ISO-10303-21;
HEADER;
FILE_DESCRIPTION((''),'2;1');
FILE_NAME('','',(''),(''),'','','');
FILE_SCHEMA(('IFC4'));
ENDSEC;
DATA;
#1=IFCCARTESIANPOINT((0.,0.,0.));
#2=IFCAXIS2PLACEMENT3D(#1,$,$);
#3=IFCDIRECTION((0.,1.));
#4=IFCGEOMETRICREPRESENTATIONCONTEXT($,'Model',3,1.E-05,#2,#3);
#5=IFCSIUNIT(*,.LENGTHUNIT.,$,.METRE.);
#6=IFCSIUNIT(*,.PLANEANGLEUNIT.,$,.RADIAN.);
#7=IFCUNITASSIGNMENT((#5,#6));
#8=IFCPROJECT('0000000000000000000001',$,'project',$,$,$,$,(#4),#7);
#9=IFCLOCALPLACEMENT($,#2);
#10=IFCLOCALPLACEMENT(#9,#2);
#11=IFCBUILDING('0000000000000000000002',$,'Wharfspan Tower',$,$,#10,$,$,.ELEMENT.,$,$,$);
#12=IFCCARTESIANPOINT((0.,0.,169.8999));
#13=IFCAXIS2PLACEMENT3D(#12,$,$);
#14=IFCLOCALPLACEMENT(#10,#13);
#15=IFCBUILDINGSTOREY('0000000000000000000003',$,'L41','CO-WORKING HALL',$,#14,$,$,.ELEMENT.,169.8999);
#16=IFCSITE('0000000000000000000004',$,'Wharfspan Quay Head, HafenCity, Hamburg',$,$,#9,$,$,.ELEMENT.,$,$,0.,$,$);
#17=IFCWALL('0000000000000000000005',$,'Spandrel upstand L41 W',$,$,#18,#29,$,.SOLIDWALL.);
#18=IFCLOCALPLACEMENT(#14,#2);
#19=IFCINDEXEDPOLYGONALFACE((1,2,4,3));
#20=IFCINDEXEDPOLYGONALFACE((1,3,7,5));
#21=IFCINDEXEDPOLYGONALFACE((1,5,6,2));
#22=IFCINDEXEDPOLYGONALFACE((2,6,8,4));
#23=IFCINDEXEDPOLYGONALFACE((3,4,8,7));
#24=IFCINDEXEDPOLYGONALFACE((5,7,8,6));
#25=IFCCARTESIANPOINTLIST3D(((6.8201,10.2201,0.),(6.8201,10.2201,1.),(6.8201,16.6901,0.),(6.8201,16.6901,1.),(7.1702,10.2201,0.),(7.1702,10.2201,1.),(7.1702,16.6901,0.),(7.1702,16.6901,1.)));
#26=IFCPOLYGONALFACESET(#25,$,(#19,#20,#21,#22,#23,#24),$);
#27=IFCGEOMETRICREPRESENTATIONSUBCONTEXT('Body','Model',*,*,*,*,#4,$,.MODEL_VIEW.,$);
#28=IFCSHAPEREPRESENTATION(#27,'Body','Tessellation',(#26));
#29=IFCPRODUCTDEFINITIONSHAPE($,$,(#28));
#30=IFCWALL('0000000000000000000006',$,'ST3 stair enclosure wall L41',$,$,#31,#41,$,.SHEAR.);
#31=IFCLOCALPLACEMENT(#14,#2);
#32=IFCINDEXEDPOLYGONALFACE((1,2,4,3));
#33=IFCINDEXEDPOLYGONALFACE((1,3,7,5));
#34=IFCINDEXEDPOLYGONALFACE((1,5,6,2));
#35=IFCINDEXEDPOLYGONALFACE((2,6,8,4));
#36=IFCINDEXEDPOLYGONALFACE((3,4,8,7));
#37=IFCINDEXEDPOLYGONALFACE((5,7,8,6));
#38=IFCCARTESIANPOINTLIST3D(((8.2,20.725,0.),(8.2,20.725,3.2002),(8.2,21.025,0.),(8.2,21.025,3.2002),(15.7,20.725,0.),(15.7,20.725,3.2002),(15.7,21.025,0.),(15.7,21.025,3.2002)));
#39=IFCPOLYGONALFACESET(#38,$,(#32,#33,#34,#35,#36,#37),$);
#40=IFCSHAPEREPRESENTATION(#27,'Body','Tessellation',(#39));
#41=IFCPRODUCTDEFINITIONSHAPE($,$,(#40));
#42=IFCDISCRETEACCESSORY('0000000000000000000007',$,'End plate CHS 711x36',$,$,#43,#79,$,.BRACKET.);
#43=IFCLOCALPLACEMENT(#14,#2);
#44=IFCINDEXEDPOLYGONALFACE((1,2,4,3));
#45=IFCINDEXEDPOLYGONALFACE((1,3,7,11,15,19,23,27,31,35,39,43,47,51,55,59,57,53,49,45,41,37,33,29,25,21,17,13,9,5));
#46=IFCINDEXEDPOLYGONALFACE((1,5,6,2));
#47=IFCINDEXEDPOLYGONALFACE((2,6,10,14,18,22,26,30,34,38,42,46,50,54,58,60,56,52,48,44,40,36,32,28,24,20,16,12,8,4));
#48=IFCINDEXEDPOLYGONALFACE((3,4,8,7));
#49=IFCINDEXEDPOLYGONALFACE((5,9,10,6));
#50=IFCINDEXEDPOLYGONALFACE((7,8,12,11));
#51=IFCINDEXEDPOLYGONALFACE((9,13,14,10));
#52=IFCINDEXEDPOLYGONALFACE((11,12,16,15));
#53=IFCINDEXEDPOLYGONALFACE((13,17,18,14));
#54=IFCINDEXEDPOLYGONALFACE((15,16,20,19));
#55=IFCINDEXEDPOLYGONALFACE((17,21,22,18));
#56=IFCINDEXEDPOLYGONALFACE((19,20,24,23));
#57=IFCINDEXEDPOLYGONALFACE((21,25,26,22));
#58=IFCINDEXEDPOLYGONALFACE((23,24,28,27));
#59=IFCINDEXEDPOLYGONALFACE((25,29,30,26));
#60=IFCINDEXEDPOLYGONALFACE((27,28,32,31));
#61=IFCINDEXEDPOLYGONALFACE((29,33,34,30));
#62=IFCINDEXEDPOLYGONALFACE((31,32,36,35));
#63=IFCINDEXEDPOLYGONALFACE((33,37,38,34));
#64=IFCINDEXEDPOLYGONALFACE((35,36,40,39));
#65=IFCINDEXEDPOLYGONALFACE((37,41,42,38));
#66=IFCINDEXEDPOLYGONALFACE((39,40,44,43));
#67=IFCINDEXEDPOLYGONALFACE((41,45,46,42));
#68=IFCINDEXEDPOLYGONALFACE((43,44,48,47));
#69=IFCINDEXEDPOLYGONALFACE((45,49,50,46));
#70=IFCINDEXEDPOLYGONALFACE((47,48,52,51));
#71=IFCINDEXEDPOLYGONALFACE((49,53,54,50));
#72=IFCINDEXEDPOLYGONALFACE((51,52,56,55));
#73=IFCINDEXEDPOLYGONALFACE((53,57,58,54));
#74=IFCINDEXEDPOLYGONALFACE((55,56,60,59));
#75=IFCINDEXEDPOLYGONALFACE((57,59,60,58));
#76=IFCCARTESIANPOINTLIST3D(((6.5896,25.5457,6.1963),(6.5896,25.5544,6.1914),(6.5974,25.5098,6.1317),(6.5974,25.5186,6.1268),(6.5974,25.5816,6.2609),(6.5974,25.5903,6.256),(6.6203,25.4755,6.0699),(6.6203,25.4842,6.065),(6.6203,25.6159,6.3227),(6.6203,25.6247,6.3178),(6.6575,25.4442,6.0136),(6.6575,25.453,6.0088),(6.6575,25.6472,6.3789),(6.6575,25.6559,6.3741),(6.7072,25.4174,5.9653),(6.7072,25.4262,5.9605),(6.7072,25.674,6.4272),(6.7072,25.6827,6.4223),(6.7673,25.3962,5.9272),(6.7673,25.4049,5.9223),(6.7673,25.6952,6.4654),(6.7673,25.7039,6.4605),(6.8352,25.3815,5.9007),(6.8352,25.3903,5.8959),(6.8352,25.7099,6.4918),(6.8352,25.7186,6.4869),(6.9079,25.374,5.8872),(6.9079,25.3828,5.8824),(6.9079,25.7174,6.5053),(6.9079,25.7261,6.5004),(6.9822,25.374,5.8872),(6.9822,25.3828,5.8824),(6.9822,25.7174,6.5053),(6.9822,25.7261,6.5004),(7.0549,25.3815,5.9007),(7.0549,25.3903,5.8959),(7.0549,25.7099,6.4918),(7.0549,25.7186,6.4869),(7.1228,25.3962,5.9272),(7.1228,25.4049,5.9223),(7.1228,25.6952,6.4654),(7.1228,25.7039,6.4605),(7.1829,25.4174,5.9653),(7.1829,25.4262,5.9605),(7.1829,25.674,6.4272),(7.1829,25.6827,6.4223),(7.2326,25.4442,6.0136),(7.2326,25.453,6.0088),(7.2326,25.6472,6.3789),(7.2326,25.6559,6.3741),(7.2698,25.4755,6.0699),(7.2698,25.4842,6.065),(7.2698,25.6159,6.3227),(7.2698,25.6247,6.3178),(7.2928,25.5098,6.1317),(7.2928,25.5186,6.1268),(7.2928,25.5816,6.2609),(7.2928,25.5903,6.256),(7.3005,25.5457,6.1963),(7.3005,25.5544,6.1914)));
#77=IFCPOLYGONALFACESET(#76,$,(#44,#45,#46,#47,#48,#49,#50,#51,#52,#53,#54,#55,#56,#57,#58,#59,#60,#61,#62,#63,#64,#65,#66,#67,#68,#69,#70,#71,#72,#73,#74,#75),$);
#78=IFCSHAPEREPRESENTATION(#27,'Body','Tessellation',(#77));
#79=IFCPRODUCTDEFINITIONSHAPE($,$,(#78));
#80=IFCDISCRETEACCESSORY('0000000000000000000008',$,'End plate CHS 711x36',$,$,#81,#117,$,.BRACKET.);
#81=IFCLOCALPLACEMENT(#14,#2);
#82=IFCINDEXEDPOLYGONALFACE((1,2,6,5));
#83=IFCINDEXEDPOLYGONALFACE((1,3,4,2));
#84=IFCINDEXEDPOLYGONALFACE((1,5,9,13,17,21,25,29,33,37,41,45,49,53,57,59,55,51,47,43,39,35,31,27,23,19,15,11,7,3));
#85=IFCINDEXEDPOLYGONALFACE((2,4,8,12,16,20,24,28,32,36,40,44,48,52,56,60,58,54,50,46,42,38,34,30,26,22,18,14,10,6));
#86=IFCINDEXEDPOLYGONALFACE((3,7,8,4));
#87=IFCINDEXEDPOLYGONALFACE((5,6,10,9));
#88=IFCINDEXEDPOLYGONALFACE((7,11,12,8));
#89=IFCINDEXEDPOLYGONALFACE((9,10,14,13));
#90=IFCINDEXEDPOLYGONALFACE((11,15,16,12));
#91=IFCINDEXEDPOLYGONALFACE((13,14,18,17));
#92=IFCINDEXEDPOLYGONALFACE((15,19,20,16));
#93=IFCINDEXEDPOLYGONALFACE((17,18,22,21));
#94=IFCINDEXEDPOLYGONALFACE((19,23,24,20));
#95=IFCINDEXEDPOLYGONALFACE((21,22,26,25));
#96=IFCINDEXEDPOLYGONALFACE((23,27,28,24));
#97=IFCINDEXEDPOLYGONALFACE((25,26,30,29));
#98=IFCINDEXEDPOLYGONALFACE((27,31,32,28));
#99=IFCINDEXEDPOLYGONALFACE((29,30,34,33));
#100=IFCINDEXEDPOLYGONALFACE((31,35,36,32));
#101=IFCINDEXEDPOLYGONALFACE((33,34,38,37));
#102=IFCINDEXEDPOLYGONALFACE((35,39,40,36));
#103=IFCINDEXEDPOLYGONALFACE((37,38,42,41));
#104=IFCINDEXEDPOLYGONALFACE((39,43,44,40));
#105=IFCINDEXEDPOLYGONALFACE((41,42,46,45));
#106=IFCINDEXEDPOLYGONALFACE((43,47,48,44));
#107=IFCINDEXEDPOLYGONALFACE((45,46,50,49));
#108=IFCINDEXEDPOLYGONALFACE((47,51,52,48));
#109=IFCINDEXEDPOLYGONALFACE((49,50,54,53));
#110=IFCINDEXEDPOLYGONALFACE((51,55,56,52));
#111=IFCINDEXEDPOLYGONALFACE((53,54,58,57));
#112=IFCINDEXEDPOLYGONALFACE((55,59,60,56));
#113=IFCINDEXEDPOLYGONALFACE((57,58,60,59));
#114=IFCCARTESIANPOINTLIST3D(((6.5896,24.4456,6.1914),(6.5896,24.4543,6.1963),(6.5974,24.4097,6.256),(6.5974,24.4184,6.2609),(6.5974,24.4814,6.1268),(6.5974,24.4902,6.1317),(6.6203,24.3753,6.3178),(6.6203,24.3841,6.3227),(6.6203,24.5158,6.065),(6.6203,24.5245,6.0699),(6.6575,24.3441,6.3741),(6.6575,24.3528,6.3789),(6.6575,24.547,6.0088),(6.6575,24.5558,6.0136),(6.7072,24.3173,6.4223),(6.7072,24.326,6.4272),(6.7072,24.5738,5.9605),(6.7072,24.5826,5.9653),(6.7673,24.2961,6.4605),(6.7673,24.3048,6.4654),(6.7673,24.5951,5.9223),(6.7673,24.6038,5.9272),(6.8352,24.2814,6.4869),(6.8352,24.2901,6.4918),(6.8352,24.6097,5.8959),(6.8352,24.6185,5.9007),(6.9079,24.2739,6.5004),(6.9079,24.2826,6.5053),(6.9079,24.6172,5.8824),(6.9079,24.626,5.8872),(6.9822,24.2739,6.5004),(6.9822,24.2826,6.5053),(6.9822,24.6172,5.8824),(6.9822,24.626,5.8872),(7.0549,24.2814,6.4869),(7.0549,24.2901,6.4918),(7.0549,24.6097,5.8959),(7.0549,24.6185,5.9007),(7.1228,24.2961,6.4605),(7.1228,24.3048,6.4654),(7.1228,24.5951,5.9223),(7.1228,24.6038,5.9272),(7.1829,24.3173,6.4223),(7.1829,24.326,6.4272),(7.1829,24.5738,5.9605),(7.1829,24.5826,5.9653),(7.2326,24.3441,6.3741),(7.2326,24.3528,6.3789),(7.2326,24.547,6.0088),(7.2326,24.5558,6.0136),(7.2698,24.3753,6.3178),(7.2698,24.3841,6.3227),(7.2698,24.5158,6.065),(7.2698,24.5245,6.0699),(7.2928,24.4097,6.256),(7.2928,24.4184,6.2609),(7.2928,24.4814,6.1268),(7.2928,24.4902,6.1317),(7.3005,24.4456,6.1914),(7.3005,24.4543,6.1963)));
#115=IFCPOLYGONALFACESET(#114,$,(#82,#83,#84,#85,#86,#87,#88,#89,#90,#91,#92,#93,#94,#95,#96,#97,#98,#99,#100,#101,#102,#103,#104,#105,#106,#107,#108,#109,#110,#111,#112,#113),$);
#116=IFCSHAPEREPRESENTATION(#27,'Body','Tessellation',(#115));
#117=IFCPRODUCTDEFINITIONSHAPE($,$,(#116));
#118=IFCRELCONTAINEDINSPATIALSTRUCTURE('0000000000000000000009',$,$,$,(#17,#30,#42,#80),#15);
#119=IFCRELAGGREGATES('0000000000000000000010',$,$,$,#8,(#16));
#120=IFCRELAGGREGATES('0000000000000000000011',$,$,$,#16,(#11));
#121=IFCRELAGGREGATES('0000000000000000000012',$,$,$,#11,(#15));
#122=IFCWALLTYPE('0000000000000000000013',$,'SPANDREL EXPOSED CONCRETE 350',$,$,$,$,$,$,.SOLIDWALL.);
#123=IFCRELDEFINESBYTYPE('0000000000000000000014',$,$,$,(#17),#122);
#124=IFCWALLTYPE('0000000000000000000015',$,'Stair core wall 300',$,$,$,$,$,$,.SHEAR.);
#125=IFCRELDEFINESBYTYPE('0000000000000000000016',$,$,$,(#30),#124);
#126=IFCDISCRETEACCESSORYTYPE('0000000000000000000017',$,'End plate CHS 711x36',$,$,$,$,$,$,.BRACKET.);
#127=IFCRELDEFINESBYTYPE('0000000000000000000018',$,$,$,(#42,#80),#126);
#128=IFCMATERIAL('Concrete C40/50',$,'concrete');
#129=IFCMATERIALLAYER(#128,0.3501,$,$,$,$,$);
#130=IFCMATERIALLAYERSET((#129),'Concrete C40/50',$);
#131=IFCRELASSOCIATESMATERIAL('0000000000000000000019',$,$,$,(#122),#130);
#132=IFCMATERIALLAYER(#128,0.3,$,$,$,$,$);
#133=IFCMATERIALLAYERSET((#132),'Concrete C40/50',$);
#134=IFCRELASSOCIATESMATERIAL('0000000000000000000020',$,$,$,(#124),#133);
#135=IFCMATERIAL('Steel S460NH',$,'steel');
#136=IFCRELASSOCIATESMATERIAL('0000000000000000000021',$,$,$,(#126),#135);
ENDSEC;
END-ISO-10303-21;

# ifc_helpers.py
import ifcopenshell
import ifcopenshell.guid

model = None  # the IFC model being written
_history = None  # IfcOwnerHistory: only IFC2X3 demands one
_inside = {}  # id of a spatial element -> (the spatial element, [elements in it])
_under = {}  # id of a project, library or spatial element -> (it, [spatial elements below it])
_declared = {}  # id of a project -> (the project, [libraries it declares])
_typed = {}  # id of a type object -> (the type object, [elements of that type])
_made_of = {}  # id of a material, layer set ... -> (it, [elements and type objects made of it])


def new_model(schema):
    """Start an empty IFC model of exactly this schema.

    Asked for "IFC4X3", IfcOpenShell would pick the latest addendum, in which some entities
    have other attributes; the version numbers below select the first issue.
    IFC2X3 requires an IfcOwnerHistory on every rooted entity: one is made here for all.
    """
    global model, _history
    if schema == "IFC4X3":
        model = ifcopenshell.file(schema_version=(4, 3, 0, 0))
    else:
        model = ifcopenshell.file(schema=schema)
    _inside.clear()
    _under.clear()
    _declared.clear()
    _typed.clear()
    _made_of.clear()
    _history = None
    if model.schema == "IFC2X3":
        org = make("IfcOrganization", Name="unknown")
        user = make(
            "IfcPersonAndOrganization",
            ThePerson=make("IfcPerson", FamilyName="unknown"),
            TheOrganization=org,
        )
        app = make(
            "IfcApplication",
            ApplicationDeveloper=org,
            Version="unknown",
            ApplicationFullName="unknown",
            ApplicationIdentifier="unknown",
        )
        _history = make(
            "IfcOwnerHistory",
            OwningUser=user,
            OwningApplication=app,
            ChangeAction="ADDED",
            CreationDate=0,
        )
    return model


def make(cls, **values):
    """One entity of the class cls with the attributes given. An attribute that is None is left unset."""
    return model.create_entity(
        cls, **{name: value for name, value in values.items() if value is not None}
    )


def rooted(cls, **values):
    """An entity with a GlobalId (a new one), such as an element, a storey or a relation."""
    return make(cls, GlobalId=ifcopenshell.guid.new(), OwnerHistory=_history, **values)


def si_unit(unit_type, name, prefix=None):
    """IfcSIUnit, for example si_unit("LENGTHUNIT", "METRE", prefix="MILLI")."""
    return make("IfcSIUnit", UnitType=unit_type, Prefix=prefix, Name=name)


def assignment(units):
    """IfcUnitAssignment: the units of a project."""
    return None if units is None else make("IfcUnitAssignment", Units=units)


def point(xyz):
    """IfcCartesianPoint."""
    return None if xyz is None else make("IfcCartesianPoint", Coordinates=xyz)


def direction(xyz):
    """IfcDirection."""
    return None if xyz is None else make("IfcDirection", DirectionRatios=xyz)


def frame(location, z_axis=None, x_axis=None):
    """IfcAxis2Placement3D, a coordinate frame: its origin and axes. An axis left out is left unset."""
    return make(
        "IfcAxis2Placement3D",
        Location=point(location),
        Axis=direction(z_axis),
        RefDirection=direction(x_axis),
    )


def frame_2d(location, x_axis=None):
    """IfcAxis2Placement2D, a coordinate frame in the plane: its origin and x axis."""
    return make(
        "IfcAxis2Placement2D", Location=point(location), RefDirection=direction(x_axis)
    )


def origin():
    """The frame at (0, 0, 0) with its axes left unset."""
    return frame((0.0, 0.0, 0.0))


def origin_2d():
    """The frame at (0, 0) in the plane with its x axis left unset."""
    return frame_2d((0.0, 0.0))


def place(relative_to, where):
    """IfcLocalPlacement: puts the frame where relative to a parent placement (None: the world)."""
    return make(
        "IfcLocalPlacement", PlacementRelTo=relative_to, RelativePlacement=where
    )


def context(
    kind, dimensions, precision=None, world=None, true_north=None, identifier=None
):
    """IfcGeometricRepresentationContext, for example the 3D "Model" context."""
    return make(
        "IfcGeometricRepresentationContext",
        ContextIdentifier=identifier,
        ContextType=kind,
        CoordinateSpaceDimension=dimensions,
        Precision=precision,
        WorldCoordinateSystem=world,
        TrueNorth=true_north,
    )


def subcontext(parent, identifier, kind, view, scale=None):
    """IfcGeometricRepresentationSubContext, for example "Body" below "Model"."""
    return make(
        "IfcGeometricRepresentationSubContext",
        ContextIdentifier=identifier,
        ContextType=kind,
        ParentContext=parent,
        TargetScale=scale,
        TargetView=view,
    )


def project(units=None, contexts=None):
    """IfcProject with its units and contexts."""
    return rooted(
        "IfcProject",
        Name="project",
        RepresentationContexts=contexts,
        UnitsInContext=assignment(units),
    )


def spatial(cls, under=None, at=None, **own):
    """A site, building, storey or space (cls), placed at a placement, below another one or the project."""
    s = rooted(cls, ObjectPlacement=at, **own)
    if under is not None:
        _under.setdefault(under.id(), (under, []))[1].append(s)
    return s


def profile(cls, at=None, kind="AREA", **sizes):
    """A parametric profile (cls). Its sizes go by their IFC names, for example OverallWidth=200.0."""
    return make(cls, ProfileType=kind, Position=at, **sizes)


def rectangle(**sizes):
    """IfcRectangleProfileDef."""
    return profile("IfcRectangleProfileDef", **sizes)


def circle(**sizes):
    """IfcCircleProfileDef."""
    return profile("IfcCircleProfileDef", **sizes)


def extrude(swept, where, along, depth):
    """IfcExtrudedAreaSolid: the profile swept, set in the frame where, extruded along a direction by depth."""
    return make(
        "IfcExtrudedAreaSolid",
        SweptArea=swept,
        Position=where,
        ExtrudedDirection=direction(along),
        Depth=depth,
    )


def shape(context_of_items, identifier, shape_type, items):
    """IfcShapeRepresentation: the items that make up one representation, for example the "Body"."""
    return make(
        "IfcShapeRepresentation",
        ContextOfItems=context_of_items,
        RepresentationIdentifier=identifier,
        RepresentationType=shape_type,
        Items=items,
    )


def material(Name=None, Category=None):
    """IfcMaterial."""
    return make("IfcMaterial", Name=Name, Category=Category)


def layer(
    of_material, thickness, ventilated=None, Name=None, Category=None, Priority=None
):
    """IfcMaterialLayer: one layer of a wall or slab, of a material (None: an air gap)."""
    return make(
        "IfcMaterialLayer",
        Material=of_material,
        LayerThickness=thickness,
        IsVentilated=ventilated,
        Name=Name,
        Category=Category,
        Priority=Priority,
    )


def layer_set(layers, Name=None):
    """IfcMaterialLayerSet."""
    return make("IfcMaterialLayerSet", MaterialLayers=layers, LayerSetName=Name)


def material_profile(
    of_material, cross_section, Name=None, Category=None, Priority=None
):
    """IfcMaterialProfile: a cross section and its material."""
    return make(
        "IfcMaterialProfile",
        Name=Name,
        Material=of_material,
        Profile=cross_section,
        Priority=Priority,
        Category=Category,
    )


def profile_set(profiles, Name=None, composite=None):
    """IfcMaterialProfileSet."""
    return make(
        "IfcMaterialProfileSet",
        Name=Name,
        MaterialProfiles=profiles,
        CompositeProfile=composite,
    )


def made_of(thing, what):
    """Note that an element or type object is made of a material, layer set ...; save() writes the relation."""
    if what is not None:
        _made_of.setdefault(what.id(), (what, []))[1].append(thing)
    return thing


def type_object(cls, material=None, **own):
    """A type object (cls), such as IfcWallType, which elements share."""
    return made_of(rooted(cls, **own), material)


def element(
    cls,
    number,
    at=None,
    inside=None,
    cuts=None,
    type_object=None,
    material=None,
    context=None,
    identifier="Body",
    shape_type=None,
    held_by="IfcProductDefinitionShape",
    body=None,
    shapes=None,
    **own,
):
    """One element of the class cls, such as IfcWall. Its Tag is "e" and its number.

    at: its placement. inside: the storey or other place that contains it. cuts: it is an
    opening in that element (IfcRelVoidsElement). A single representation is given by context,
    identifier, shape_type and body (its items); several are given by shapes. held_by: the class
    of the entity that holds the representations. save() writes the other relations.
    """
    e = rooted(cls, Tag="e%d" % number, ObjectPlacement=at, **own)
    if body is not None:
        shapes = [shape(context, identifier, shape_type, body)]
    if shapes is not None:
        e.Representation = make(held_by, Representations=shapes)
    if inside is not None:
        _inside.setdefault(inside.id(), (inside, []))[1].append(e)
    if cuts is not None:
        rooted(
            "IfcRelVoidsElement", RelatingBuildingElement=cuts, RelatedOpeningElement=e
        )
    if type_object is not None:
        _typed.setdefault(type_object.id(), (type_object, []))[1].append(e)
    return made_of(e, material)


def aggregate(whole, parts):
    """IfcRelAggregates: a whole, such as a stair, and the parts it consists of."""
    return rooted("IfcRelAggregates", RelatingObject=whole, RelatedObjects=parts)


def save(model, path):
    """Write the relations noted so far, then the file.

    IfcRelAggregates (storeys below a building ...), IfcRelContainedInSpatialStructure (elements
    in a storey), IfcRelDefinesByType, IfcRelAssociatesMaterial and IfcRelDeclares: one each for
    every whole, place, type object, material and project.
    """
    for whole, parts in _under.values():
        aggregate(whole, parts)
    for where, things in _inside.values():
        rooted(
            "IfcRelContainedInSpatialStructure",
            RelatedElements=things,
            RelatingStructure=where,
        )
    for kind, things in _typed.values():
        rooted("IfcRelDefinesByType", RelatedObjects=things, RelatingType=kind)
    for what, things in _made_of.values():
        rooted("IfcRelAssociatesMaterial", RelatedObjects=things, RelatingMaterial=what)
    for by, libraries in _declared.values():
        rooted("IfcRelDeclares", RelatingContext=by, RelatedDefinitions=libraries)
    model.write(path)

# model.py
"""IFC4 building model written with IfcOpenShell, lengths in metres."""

from ifc_helpers import new_model, si_unit, direction, frame, frame_2d, origin, origin_2d, place, context, subcontext, project, spatial, rectangle, circle, extrude, material, layer, layer_set, material_profile, profile_set, type_object, element, save


model = new_model("IFC4")

# Units and contexts
model_context = context("Model", 3, precision=1e-05, world=origin(), true_north=direction((0.0, 1.0)))
body_context = subcontext(model_context, "Body", "Model", "MODEL_VIEW")
ifc_project = project(units=[si_unit("LENGTHUNIT", "METRE"), si_unit("PLANEANGLEUNIT", "RADIAN")], contexts=[model_context])

# Site, building, storey
site_placement = place(None, origin())
site = spatial("IfcSite", under=ifc_project, at=site_placement, Name="Wharfspan Quay Head, HafenCity, Hamburg", CompositionType="ELEMENT", RefElevation=0.0)
building_placement = place(site_placement, origin())
building = spatial("IfcBuilding", under=site, at=building_placement, Name="Wharfspan Tower", CompositionType="ELEMENT")
storey_placement = place(building_placement, frame((0.0, 0.0, 169.8999)))
storey = spatial("IfcBuildingStorey", under=building, at=storey_placement, Name="L41", Description="CO-WORKING HALL", CompositionType="ELEMENT", Elevation=169.8999)

# Shared definitions
ifc_material_1 = material(Name="Steel S460NH", Category="steel")

# Walls
ifc_material_2 = material(Name="Concrete C40/50", Category="concrete")
ifc_layer_1 = layer(ifc_material_2, 0.3501)
ifc_layer_set_1 = layer_set([ifc_layer_1], Name="Concrete C40/50")
wall_type_1 = type_object("IfcWallType", Name="SPANDREL EXPOSED CONCRETE 350", PredefinedType="SOLIDWALL", material=ifc_layer_set_1)
wall_1_placement = place(storey_placement, frame((6.9951, 16.6899, 0.0), z_axis=(0.0, 0.0, 1.0), x_axis=(0.0, -1.0, 0.0)))
element("IfcWall", 1, at=wall_1_placement, inside=storey, type_object=wall_type_1, Name="Spandrel upstand L41 W", PredefinedType="SOLIDWALL", context=body_context, shape_type="SweptSolid", body=[
    extrude(rectangle(XDim=6.47, YDim=0.3501, at=frame_2d((3.2349, 0.0))), origin(), (0.0, 0.0, 1.0), 1.0),
])
ifc_layer_2 = layer(ifc_material_2, 0.3)
ifc_layer_set_2 = layer_set([ifc_layer_2], Name="Concrete C40/50")
wall_type_2 = type_object("IfcWallType", Name="Stair core wall 300", PredefinedType="SHEAR", material=ifc_layer_set_2)
wall_2_placement = place(storey_placement, frame((8.2, 20.875, 0.0), z_axis=(0.0, 0.0, 1.0), x_axis=(1.0, 0.0, 0.0)))
element("IfcWall", 2, at=wall_2_placement, inside=storey, type_object=wall_type_2, Name="ST3 stair enclosure wall L41", PredefinedType="SHEAR", context=body_context, shape_type="SweptSolid", body=[
    extrude(rectangle(XDim=7.5, YDim=0.3, at=frame_2d((3.75, 0.0))), origin(), (0.0, 0.0, 1.0), 3.2002),
])

# Discrete accessories
ifc_material_profile_1 = material_profile(ifc_material_1, circle(Radius=0.3555, at=origin_2d()))
ifc_profile_set_1 = profile_set([ifc_material_profile_1], Name="Steel S460NH")
discrete_accessory_type = type_object("IfcDiscreteAccessoryType", Name="End plate CHS 711x36", PredefinedType="BRACKET", material=ifc_profile_set_1)
for number, where, z_axis, x_axis, name in (
    (3, (6.9451, 25.5544, 6.1914), (0.0, -0.874157, 0.485643), (1.0, 0.0, 0.0), "End plate CHS 711x36"),
    (4, (6.9451, 24.4456, 6.1914), (0.0, 0.874157, 0.485643), (-1.0, 0.0, 0.0), "End plate CHS 711x36"),
):
    element("IfcDiscreteAccessory", number, at=place(storey_placement, frame(where, z_axis=z_axis, x_axis=x_axis)), inside=storey, type_object=discrete_accessory_type, Name=name, PredefinedType="BRACKET", context=body_context, shape_type="SweptSolid", body=[
        extrude(circle(Radius=0.3555, at=origin_2d()), origin(), (0.0, 0.0, 1.0), 0.01),
    ])

save(model, "model.ifc")
